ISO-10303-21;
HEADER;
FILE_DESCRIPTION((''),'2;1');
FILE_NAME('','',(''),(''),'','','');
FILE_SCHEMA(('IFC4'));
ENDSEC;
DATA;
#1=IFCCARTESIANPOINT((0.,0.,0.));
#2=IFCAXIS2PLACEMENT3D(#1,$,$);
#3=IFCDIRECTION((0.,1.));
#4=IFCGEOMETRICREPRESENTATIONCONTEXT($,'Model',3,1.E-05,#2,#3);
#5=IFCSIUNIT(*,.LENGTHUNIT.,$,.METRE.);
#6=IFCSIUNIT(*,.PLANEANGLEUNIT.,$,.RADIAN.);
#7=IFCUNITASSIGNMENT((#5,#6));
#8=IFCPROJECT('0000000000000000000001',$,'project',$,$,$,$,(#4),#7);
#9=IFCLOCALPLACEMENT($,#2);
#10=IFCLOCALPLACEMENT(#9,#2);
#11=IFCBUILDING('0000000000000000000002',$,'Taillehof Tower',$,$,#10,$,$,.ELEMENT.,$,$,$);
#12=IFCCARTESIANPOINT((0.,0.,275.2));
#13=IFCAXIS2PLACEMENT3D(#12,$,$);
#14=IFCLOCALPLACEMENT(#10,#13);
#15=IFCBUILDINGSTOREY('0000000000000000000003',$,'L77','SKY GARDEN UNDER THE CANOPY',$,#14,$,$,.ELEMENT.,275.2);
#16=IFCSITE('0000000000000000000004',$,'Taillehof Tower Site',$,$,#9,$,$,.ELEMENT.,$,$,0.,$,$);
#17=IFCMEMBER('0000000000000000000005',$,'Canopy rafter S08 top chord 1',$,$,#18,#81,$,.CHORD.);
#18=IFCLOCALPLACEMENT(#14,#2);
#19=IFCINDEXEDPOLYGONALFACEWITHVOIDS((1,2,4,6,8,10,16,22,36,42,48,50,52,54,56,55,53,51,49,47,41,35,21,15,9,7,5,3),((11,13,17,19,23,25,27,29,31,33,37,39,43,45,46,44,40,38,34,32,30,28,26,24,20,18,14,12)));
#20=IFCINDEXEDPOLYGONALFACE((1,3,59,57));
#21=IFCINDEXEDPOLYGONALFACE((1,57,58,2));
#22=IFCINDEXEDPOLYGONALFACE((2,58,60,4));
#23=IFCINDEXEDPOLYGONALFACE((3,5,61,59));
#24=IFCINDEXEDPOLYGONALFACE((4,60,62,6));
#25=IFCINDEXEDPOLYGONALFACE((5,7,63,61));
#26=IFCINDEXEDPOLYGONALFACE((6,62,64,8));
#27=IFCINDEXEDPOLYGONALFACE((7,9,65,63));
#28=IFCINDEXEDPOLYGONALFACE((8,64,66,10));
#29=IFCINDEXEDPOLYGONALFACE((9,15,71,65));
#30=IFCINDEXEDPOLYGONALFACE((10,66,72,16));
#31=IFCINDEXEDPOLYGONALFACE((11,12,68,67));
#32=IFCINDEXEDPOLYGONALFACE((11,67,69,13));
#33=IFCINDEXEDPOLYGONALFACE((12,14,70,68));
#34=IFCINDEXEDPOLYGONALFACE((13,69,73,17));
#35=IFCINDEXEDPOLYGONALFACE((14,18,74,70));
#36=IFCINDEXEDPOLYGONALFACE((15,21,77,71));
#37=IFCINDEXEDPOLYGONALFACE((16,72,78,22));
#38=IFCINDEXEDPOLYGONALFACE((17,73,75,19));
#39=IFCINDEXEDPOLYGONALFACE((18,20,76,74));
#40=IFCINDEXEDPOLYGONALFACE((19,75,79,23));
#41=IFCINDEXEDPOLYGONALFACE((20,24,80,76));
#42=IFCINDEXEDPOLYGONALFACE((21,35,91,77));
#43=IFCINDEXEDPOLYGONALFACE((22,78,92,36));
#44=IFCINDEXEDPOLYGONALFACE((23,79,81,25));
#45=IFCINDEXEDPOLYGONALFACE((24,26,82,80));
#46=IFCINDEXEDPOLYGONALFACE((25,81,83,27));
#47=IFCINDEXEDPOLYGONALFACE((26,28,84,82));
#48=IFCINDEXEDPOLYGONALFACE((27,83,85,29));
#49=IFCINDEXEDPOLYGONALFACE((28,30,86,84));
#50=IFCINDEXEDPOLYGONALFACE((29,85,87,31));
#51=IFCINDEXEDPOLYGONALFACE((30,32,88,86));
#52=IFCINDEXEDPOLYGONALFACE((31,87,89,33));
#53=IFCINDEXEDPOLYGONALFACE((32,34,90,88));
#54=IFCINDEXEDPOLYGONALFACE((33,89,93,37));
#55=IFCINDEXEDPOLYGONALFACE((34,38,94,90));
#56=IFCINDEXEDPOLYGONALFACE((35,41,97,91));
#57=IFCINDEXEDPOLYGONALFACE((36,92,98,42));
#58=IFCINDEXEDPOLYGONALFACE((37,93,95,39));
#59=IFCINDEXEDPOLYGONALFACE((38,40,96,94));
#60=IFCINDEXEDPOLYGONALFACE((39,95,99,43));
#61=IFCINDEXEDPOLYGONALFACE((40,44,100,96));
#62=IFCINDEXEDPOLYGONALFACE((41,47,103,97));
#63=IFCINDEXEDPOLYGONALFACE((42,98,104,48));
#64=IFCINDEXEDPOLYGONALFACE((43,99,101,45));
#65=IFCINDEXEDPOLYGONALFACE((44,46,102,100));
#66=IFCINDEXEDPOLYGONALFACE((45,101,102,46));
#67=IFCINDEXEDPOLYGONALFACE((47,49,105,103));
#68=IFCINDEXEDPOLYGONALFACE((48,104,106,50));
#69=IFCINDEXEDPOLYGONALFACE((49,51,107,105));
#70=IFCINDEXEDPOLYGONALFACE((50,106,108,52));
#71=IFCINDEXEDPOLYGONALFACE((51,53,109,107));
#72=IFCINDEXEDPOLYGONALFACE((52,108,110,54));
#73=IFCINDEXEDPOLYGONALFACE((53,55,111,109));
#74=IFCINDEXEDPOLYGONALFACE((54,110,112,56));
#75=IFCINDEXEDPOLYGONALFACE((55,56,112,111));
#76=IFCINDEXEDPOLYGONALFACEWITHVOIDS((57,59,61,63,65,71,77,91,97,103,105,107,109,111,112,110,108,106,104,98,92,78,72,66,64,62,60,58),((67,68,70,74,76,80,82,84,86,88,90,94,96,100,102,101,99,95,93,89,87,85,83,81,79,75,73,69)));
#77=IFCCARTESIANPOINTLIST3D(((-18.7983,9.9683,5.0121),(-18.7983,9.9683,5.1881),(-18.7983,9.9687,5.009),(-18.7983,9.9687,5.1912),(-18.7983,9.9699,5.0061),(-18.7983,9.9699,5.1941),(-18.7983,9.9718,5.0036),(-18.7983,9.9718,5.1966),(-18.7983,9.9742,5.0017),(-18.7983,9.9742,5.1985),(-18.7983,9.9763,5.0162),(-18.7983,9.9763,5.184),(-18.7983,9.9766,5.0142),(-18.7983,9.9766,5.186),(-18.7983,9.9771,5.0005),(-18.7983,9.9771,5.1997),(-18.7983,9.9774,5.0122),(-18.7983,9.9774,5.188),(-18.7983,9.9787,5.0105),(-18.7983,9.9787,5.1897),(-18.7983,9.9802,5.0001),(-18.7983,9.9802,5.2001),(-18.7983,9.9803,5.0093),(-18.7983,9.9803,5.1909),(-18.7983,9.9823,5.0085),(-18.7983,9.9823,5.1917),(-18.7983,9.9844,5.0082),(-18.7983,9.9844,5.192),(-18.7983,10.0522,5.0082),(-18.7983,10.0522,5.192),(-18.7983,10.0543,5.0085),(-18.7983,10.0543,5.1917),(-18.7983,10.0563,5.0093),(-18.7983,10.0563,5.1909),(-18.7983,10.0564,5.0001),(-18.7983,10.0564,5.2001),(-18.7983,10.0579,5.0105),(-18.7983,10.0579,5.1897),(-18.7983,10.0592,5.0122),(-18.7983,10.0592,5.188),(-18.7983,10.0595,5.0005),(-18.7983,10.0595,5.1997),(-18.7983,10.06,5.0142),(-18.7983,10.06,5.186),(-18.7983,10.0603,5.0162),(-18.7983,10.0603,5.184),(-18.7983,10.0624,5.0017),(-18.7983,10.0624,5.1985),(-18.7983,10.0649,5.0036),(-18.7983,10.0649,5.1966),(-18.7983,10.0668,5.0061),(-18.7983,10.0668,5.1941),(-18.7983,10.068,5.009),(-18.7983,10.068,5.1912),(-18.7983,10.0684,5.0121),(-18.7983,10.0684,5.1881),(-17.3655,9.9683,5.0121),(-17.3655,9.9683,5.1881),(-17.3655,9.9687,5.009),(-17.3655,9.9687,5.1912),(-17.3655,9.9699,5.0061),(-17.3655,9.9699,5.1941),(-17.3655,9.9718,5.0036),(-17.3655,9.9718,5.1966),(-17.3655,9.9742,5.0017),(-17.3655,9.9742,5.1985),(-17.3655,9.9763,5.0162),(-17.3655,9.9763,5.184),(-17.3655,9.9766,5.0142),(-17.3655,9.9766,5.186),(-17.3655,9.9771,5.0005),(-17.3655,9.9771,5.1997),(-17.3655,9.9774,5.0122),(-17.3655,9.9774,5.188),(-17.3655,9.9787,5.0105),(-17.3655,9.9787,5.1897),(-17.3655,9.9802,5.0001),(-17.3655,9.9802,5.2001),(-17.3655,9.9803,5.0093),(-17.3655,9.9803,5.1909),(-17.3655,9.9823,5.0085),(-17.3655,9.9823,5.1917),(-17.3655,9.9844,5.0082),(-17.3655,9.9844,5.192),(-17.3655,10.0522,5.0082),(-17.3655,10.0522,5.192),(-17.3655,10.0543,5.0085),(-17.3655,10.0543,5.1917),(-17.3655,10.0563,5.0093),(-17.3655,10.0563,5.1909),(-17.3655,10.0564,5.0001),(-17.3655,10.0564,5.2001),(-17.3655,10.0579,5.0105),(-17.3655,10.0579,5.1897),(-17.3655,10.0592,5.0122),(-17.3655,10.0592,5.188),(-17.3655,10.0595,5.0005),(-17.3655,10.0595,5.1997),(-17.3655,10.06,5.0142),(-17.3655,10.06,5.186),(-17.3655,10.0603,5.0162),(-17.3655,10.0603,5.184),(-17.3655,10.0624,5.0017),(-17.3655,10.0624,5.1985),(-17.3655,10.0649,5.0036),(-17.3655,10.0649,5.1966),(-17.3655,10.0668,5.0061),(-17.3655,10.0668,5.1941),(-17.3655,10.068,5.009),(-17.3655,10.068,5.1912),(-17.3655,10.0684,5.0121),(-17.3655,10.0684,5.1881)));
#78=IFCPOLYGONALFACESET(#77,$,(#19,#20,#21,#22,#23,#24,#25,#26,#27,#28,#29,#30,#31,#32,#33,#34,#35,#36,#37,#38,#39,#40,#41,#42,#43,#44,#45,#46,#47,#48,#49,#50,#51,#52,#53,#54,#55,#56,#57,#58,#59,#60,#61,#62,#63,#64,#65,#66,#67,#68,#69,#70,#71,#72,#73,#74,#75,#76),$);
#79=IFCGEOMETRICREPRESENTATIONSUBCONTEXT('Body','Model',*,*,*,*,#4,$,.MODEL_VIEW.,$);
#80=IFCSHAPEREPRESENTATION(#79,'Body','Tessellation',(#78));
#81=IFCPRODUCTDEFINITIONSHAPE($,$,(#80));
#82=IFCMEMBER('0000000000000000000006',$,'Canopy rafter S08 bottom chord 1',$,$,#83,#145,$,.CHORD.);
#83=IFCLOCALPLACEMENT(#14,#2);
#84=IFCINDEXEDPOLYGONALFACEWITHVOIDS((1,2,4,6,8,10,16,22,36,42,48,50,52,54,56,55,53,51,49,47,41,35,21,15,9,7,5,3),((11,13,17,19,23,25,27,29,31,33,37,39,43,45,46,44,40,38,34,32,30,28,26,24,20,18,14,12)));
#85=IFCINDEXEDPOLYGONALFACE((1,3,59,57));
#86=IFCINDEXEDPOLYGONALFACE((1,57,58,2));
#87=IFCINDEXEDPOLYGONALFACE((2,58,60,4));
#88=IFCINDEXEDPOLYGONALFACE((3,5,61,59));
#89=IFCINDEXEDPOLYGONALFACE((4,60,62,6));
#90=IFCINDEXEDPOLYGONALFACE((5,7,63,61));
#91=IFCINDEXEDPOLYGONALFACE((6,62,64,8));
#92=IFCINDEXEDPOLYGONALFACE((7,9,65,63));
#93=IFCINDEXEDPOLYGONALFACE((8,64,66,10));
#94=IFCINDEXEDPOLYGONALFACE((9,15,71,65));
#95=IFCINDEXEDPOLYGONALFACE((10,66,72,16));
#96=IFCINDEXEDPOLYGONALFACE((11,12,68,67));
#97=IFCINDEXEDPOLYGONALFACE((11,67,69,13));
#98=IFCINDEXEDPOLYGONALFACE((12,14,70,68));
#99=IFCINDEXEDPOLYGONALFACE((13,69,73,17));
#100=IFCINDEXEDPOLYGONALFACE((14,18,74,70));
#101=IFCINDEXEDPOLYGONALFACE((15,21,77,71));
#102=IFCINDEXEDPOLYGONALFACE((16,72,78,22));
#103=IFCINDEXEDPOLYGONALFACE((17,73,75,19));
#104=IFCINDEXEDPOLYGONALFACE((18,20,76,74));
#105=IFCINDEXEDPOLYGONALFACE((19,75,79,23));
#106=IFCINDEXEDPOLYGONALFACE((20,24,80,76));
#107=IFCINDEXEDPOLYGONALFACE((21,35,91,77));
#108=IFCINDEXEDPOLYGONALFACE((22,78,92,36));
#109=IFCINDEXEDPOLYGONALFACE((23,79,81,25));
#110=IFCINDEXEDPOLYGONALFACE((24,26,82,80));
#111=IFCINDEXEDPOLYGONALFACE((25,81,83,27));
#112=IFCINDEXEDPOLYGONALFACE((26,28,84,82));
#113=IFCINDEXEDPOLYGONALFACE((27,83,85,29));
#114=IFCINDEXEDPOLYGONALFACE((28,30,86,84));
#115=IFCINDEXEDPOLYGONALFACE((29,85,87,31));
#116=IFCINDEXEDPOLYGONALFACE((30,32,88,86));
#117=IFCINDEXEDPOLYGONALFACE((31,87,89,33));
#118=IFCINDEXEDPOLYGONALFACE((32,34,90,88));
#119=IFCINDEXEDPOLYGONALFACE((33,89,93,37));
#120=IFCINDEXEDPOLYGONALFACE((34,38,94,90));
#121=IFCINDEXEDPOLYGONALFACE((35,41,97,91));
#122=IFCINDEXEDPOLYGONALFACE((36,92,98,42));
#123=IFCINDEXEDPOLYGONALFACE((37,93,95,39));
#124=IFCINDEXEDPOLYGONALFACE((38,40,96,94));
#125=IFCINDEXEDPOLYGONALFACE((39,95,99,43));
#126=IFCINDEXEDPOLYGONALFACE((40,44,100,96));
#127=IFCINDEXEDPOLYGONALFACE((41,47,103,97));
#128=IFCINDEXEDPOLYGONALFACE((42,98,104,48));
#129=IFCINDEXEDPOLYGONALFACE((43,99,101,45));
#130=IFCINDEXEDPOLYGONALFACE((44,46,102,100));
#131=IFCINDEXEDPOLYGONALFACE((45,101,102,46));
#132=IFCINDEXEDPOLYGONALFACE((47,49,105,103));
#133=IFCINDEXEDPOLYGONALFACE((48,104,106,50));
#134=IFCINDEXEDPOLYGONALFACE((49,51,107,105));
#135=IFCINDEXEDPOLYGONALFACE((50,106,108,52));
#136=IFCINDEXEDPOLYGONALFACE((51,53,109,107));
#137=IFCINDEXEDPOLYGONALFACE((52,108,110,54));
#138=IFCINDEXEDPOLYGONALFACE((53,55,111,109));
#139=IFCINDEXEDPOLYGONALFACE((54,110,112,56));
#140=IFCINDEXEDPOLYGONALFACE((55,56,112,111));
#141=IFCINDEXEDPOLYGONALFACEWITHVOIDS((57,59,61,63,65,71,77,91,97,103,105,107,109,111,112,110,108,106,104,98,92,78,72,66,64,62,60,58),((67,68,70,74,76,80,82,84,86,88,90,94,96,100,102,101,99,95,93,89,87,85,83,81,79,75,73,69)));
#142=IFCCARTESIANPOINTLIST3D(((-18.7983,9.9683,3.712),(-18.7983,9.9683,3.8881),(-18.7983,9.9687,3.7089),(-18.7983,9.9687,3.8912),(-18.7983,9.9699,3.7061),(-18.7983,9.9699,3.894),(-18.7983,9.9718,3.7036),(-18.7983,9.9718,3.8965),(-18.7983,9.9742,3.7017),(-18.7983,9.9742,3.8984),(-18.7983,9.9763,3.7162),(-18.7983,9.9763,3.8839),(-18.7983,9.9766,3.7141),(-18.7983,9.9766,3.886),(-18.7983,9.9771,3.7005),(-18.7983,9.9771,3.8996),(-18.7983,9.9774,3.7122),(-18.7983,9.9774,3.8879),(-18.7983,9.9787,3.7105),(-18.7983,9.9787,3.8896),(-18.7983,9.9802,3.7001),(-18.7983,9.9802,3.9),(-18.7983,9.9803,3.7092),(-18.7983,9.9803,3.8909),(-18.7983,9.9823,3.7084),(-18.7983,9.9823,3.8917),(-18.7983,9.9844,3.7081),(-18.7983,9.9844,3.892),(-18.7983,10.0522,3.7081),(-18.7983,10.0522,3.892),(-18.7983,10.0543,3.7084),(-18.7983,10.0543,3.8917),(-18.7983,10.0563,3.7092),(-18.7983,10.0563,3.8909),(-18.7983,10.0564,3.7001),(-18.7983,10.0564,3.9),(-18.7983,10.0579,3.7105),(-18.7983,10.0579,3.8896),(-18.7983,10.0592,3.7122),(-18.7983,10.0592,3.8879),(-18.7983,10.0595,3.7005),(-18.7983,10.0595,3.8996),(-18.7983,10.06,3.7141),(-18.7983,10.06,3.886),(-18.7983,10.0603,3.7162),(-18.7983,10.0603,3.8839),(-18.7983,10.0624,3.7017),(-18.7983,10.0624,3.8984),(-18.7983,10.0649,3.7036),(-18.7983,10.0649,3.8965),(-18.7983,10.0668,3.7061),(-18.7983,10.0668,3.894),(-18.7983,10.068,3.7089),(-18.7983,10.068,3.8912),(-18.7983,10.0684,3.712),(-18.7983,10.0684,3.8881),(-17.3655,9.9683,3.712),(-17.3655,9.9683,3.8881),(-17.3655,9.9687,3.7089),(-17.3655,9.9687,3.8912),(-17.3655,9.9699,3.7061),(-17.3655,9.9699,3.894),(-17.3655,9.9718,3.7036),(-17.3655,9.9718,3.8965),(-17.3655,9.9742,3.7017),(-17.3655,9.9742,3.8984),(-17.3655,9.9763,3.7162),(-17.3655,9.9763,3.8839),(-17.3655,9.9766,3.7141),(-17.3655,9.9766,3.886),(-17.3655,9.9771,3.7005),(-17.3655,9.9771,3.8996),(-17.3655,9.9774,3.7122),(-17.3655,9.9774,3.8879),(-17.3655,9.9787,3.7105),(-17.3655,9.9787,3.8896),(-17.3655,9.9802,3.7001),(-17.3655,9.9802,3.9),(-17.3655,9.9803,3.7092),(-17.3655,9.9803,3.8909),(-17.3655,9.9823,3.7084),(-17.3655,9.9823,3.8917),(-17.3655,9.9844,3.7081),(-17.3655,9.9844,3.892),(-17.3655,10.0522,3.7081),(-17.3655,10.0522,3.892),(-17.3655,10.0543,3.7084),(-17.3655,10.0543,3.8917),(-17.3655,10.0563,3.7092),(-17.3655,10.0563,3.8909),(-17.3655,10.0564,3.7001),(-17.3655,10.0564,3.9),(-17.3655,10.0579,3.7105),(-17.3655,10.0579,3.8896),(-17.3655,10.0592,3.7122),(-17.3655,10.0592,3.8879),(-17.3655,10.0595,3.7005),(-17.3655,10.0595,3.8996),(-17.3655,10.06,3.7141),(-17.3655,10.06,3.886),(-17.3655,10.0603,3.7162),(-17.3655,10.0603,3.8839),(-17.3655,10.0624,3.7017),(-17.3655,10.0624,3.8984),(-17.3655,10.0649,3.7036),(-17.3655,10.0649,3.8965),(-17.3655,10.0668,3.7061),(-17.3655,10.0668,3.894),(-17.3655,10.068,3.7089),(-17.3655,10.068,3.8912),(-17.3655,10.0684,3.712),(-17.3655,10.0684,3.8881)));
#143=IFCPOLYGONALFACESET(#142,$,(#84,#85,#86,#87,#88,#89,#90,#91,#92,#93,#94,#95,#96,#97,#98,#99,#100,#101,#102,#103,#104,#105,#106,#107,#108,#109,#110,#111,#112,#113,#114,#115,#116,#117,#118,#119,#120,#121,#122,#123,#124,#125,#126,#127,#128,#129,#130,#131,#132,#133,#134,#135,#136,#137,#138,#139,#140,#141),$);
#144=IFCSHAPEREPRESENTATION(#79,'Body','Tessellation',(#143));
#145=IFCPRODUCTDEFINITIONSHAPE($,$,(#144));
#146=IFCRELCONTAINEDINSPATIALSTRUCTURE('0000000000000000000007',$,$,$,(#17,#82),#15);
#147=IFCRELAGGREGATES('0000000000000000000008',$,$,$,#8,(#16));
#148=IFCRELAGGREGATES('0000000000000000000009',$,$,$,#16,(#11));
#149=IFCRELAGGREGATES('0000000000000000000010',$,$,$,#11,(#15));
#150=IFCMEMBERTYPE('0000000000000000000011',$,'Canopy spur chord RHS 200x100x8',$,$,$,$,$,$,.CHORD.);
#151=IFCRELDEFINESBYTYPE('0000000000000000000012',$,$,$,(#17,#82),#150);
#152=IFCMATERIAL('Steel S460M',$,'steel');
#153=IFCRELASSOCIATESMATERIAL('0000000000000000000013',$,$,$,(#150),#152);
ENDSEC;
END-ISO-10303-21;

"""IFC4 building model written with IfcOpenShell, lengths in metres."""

from ifc_helpers import new_model, si_unit, direction, frame, origin, origin_2d, place, context, subcontext, project, spatial, hollow_rectangle, extrude, material, material_profile, profile_set, type_object, element, save


model = new_model("IFC4")

# Units and contexts
model_context = context("Model", 3, precision=1e-05, world=origin(), true_north=direction((0.0, 1.0)))
body_context = subcontext(model_context, "Body", "Model", "MODEL_VIEW")
ifc_project = project(units=[si_unit("LENGTHUNIT", "METRE"), si_unit("PLANEANGLEUNIT", "RADIAN")], contexts=[model_context])

# Site, building, storey
site_placement = place(None, origin())
site = spatial("IfcSite", under=ifc_project, at=site_placement, Name="Taillehof Tower Site", CompositionType="ELEMENT", RefElevation=0.0)
building_placement = place(site_placement, origin())
building = spatial("IfcBuilding", under=site, at=building_placement, Name="Taillehof Tower", CompositionType="ELEMENT")
storey_placement = place(building_placement, frame((0.0, 0.0, 275.2)))
storey = spatial("IfcBuildingStorey", under=building, at=storey_placement, Name="L77", Description="SKY GARDEN UNDER THE CANOPY", CompositionType="ELEMENT", Elevation=275.2)

# Members
ifc_material_1 = material(Name="Steel S460M", Category="steel")
ifc_material_profile_1 = material_profile(ifc_material_1, hollow_rectangle(XDim=0.1001, YDim=0.2, WallThickness=0.0081, InnerFilletRadius=0.0081, OuterFilletRadius=0.012, at=origin_2d()), Name="RHS 200x100x8")
ifc_profile_set_1 = profile_set([ifc_material_profile_1], Name="Steel S460M")
member_type_1 = type_object("IfcMemberType", Name="Canopy spur chord RHS 200x100x8", PredefinedType="CHORD", material=ifc_profile_set_1)
for number, where, z_axis, x_axis, name in (
    (1, (-18.7983, 10.0183, 5.1001), (1.0, 0.0, 0.0), (0.0, 1.0, 0.0), "Canopy rafter S08 top chord 1"),
    (2, (-18.7983, 10.0183, 3.8), (1.0, 0.0, 0.0), (0.0, 1.0, 0.0), "Canopy rafter S08 bottom chord 1"),
):
    element("IfcMember", number, at=place(storey_placement, frame(where, z_axis=z_axis, x_axis=x_axis)), inside=storey, type_object=member_type_1, Name=name, PredefinedType="CHORD", context=body_context, shape_type="SweptSolid", body=[
        extrude(hollow_rectangle(XDim=0.1001, YDim=0.2, WallThickness=0.0081, InnerFilletRadius=0.0081, OuterFilletRadius=0.012, at=origin_2d()), origin(), (0.0, 0.0, 1.0), 1.4329),
    ])

save(model, "model.ifc")
